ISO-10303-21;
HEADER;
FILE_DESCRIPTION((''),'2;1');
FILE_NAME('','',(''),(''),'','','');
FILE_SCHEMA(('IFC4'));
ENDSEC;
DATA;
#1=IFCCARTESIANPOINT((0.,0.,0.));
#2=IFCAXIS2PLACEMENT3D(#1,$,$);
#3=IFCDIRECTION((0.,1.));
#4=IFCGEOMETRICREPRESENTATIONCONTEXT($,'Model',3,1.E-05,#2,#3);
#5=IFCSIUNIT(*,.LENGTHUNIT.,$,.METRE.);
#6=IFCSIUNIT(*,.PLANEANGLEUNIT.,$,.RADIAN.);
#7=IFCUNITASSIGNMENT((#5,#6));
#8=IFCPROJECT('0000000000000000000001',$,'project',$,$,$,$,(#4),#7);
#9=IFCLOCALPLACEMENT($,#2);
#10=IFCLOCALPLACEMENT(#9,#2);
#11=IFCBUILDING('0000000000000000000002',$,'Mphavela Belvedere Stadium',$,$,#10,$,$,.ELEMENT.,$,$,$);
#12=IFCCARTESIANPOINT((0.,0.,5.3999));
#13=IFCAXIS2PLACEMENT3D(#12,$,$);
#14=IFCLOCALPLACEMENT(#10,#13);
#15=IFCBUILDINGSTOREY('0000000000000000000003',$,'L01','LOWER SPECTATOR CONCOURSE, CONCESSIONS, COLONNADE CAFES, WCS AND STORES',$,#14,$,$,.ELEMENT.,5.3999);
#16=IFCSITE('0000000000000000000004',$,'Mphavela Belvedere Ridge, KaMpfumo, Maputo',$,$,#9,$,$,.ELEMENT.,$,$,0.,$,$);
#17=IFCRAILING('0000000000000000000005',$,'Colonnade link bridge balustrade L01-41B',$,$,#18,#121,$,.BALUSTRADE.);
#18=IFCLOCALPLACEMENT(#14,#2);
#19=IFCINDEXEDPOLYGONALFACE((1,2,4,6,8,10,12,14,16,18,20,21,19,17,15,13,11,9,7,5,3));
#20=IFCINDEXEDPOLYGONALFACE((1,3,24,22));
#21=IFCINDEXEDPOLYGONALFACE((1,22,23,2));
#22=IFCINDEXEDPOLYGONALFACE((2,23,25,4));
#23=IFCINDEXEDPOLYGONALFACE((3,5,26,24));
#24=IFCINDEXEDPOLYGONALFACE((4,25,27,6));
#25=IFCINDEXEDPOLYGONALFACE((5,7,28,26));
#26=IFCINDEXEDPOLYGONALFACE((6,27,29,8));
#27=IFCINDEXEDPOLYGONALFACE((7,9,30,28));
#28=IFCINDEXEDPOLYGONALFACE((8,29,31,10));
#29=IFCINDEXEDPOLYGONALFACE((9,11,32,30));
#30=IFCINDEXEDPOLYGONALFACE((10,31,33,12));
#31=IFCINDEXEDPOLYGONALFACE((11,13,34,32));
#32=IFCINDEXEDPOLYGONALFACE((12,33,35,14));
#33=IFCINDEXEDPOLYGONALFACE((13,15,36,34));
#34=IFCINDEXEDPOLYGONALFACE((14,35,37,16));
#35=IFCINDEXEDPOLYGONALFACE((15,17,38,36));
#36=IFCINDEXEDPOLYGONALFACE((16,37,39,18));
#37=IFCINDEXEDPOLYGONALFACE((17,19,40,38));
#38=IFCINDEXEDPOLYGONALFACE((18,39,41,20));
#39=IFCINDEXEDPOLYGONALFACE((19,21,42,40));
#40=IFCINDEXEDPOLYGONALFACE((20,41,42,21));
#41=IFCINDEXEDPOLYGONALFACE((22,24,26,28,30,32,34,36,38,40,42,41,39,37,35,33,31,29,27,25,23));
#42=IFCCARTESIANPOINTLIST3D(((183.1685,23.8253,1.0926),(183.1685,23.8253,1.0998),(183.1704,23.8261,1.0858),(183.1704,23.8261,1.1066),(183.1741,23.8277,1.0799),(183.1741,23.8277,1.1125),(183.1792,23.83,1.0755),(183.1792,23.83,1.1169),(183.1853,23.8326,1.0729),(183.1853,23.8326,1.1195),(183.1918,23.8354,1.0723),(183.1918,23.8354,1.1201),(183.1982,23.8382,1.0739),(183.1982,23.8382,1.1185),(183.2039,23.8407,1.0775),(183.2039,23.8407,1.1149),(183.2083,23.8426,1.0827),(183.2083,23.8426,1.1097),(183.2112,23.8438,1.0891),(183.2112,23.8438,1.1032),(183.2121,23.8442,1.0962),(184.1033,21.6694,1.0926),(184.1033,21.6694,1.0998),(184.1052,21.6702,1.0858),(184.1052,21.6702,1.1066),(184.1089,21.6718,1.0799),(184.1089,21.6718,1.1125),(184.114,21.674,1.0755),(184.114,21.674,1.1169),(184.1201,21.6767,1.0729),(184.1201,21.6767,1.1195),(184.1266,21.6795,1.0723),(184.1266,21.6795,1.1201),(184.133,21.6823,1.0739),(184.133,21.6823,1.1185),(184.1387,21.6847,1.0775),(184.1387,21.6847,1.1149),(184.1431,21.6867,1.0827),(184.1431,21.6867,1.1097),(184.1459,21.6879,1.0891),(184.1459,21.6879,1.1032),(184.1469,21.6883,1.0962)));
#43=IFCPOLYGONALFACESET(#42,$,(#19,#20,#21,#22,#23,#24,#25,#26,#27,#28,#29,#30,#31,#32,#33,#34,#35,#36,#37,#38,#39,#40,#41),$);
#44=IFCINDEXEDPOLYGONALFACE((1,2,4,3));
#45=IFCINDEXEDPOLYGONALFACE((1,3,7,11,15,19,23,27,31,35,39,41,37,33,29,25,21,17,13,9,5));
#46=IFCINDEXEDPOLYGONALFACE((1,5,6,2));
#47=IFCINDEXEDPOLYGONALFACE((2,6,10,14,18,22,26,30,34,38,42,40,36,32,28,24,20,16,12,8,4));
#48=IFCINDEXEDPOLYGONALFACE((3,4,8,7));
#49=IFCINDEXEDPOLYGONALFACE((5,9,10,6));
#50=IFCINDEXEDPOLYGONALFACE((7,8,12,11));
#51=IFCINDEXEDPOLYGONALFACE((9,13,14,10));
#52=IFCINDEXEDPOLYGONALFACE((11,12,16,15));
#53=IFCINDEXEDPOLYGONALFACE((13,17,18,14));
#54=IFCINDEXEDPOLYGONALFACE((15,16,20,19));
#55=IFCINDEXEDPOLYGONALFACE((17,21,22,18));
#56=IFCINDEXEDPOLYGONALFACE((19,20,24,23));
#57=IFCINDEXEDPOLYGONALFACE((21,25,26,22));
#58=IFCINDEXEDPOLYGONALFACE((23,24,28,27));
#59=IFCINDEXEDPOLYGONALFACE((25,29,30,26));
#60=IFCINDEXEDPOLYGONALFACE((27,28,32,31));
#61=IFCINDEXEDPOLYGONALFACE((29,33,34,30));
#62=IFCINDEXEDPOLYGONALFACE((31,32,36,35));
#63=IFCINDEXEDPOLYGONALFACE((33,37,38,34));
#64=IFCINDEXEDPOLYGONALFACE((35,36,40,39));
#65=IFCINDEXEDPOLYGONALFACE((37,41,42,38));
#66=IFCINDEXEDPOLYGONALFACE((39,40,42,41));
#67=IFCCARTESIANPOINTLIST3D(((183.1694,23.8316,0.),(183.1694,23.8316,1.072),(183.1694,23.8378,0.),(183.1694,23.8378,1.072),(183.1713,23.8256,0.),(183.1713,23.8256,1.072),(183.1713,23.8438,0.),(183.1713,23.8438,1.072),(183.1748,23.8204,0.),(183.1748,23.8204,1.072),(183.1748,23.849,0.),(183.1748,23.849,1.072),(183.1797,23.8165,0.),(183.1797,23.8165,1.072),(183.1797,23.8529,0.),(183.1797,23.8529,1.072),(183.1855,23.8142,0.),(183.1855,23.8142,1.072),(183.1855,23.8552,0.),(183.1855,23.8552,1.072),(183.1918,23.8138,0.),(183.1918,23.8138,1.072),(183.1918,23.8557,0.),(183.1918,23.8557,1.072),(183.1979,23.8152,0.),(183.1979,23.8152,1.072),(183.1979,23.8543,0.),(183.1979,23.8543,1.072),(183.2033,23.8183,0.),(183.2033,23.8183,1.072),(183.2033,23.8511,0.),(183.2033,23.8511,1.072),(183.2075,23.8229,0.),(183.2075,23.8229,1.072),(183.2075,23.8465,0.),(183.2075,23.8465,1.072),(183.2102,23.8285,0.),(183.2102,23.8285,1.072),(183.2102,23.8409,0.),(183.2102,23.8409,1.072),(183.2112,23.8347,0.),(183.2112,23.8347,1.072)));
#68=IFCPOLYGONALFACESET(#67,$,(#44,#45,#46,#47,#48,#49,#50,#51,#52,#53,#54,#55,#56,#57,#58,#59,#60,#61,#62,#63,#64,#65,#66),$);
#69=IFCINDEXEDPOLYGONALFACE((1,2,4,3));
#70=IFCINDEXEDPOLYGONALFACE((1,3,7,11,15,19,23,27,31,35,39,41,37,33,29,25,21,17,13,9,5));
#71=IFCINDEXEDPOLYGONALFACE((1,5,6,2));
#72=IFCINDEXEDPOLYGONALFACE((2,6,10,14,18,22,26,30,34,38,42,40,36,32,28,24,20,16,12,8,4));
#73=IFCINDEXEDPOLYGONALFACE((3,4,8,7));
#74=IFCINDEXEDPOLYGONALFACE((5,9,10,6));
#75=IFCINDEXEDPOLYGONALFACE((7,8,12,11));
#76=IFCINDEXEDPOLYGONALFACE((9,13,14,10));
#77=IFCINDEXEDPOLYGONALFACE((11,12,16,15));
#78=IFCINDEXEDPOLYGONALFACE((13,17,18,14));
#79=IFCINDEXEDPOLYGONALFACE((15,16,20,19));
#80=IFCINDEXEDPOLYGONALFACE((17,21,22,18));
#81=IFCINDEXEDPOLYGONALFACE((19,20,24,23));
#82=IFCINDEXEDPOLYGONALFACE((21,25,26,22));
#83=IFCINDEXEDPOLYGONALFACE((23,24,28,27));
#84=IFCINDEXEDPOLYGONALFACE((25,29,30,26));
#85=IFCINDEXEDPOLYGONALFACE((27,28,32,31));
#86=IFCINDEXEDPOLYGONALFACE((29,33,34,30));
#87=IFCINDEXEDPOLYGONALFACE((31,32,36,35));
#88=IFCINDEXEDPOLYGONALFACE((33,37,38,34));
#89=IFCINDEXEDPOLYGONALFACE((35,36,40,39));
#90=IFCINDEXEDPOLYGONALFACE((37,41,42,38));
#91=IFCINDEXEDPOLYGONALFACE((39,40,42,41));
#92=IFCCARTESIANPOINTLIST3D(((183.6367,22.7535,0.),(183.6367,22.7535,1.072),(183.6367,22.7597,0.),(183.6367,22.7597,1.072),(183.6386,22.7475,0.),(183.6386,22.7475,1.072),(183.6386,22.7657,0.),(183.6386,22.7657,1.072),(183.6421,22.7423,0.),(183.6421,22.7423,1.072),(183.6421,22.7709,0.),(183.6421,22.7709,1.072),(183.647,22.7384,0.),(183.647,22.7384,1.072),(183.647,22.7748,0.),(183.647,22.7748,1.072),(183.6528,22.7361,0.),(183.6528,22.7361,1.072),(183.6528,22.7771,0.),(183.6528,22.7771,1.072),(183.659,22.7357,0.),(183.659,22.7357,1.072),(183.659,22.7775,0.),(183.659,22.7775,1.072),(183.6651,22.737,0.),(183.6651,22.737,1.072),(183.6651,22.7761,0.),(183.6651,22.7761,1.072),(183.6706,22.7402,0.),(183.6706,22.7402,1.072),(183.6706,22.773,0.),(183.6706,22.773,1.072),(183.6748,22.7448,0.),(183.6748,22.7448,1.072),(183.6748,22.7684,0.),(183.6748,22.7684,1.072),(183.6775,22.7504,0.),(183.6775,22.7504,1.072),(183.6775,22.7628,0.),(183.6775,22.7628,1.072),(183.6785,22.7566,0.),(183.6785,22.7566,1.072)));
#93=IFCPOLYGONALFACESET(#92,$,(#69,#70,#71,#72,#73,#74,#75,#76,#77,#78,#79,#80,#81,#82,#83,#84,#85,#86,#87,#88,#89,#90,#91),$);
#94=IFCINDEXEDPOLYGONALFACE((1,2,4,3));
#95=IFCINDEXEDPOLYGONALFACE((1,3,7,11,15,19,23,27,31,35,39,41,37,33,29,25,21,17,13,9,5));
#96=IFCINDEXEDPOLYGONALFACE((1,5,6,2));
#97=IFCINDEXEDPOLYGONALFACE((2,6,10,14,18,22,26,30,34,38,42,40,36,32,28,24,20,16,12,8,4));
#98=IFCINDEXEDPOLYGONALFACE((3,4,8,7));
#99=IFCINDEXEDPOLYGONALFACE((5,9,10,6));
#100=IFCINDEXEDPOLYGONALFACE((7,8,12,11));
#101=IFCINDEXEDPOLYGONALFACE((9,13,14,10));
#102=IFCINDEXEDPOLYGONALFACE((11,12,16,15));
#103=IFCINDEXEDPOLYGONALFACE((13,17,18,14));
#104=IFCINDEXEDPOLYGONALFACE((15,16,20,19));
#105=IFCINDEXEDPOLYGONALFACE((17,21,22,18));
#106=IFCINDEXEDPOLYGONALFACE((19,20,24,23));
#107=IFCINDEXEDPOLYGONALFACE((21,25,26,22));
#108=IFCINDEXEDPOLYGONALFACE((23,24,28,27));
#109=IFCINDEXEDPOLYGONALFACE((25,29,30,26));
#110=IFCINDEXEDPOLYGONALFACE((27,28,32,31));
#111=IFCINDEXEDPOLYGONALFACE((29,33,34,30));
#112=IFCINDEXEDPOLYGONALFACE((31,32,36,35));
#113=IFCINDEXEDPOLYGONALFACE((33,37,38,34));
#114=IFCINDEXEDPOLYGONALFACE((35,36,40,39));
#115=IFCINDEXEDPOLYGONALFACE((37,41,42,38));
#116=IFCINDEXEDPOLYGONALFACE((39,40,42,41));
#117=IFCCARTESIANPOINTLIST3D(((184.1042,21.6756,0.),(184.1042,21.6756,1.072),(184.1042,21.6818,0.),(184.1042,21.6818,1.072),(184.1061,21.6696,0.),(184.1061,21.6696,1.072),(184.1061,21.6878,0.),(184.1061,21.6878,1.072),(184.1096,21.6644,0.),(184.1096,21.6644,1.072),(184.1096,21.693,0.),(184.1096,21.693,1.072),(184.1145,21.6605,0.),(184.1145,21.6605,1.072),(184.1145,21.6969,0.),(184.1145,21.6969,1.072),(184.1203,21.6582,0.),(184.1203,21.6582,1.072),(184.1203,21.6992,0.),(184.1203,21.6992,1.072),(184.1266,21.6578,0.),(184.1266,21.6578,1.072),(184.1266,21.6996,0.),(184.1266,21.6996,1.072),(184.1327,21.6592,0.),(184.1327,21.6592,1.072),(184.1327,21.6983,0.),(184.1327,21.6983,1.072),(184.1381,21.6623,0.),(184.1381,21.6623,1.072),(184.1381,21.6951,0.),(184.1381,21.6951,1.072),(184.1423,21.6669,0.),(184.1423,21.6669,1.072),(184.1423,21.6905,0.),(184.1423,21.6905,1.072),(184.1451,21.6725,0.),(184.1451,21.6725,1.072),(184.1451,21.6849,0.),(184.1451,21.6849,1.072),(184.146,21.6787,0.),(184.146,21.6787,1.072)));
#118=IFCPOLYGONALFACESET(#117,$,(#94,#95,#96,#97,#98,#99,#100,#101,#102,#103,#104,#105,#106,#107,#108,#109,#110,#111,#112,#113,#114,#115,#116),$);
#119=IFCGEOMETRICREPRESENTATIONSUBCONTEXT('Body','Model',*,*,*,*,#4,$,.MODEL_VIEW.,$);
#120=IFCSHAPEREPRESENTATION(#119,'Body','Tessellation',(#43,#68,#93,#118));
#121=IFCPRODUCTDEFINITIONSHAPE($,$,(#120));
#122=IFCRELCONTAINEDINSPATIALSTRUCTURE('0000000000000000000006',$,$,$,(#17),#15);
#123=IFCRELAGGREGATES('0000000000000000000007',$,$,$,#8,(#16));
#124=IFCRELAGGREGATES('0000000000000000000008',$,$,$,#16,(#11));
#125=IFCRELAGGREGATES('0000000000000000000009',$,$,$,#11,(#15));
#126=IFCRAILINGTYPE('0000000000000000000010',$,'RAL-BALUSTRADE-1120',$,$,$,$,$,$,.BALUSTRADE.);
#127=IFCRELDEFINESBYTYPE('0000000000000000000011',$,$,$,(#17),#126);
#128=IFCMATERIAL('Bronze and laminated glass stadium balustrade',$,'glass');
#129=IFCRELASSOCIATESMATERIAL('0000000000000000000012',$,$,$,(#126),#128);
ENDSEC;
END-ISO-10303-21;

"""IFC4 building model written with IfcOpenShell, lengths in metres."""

from ifc_helpers import new_model, si_unit, direction, frame, origin, origin_2d, place, context, subcontext, project, spatial, circle, extrude, material, type_object, element, save


model = new_model("IFC4")

# Units and contexts
model_context = context("Model", 3, precision=1e-05, world=origin(), true_north=direction((0.0, 1.0)))
body_context = subcontext(model_context, "Body", "Model", "MODEL_VIEW")
ifc_project = project(units=[si_unit("LENGTHUNIT", "METRE"), si_unit("PLANEANGLEUNIT", "RADIAN")], contexts=[model_context])

# Site, building, storey
site_placement = place(None, origin())
site = spatial("IfcSite", under=ifc_project, at=site_placement, Name="Mphavela Belvedere Ridge, KaMpfumo, Maputo", CompositionType="ELEMENT", RefElevation=0.0)
building_placement = place(site_placement, origin())
building = spatial("IfcBuilding", under=site, at=building_placement, Name="Mphavela Belvedere Stadium", CompositionType="ELEMENT")
storey_placement = place(building_placement, frame((0.0, 0.0, 5.3999)))
storey = spatial("IfcBuildingStorey", under=building, at=storey_placement, Name="L01", Description="LOWER SPECTATOR CONCOURSE, CONCESSIONS, COLONNADE CAFES, WCS AND STORES", CompositionType="ELEMENT", Elevation=5.3999)

# Railing
ifc_material_1 = material(Name="Bronze and laminated glass stadium balustrade", Category="glass")
railing_type = type_object("IfcRailingType", Name="RAL-BALUSTRADE-1120", PredefinedType="BALUSTRADE", material=ifc_material_1)
railing_1_placement = place(storey_placement, frame((183.1902, 23.8347, 0.0)))
element("IfcRailing", 1, at=railing_1_placement, inside=storey, type_object=railing_type, Name="Colonnade link bridge balustrade L01-41B", PredefinedType="BALUSTRADE", context=body_context, shape_type="SweptSolid", body=[
    extrude(circle(Radius=0.0239, at=origin_2d()), frame((0.0, 0.0, 1.0962), z_axis=(0.397803, -0.917471, 0.0), x_axis=(0.917471, 0.397803, 0.0)), (0.0, 0.0, 1.0), 2.3499),
    extrude(circle(Radius=0.021, at=origin_2d()), origin(), (0.0, 0.0, 1.0), 1.072),
    extrude(circle(Radius=0.021, at=origin_2d()), frame((0.4673, -1.0781, 0.0)), (0.0, 0.0, 1.0), 1.072),
    extrude(circle(Radius=0.021, at=origin_2d()), frame((0.9348, -2.156, 0.0)), (0.0, 0.0, 1.0), 1.072),
])

save(model, "model.ifc")
